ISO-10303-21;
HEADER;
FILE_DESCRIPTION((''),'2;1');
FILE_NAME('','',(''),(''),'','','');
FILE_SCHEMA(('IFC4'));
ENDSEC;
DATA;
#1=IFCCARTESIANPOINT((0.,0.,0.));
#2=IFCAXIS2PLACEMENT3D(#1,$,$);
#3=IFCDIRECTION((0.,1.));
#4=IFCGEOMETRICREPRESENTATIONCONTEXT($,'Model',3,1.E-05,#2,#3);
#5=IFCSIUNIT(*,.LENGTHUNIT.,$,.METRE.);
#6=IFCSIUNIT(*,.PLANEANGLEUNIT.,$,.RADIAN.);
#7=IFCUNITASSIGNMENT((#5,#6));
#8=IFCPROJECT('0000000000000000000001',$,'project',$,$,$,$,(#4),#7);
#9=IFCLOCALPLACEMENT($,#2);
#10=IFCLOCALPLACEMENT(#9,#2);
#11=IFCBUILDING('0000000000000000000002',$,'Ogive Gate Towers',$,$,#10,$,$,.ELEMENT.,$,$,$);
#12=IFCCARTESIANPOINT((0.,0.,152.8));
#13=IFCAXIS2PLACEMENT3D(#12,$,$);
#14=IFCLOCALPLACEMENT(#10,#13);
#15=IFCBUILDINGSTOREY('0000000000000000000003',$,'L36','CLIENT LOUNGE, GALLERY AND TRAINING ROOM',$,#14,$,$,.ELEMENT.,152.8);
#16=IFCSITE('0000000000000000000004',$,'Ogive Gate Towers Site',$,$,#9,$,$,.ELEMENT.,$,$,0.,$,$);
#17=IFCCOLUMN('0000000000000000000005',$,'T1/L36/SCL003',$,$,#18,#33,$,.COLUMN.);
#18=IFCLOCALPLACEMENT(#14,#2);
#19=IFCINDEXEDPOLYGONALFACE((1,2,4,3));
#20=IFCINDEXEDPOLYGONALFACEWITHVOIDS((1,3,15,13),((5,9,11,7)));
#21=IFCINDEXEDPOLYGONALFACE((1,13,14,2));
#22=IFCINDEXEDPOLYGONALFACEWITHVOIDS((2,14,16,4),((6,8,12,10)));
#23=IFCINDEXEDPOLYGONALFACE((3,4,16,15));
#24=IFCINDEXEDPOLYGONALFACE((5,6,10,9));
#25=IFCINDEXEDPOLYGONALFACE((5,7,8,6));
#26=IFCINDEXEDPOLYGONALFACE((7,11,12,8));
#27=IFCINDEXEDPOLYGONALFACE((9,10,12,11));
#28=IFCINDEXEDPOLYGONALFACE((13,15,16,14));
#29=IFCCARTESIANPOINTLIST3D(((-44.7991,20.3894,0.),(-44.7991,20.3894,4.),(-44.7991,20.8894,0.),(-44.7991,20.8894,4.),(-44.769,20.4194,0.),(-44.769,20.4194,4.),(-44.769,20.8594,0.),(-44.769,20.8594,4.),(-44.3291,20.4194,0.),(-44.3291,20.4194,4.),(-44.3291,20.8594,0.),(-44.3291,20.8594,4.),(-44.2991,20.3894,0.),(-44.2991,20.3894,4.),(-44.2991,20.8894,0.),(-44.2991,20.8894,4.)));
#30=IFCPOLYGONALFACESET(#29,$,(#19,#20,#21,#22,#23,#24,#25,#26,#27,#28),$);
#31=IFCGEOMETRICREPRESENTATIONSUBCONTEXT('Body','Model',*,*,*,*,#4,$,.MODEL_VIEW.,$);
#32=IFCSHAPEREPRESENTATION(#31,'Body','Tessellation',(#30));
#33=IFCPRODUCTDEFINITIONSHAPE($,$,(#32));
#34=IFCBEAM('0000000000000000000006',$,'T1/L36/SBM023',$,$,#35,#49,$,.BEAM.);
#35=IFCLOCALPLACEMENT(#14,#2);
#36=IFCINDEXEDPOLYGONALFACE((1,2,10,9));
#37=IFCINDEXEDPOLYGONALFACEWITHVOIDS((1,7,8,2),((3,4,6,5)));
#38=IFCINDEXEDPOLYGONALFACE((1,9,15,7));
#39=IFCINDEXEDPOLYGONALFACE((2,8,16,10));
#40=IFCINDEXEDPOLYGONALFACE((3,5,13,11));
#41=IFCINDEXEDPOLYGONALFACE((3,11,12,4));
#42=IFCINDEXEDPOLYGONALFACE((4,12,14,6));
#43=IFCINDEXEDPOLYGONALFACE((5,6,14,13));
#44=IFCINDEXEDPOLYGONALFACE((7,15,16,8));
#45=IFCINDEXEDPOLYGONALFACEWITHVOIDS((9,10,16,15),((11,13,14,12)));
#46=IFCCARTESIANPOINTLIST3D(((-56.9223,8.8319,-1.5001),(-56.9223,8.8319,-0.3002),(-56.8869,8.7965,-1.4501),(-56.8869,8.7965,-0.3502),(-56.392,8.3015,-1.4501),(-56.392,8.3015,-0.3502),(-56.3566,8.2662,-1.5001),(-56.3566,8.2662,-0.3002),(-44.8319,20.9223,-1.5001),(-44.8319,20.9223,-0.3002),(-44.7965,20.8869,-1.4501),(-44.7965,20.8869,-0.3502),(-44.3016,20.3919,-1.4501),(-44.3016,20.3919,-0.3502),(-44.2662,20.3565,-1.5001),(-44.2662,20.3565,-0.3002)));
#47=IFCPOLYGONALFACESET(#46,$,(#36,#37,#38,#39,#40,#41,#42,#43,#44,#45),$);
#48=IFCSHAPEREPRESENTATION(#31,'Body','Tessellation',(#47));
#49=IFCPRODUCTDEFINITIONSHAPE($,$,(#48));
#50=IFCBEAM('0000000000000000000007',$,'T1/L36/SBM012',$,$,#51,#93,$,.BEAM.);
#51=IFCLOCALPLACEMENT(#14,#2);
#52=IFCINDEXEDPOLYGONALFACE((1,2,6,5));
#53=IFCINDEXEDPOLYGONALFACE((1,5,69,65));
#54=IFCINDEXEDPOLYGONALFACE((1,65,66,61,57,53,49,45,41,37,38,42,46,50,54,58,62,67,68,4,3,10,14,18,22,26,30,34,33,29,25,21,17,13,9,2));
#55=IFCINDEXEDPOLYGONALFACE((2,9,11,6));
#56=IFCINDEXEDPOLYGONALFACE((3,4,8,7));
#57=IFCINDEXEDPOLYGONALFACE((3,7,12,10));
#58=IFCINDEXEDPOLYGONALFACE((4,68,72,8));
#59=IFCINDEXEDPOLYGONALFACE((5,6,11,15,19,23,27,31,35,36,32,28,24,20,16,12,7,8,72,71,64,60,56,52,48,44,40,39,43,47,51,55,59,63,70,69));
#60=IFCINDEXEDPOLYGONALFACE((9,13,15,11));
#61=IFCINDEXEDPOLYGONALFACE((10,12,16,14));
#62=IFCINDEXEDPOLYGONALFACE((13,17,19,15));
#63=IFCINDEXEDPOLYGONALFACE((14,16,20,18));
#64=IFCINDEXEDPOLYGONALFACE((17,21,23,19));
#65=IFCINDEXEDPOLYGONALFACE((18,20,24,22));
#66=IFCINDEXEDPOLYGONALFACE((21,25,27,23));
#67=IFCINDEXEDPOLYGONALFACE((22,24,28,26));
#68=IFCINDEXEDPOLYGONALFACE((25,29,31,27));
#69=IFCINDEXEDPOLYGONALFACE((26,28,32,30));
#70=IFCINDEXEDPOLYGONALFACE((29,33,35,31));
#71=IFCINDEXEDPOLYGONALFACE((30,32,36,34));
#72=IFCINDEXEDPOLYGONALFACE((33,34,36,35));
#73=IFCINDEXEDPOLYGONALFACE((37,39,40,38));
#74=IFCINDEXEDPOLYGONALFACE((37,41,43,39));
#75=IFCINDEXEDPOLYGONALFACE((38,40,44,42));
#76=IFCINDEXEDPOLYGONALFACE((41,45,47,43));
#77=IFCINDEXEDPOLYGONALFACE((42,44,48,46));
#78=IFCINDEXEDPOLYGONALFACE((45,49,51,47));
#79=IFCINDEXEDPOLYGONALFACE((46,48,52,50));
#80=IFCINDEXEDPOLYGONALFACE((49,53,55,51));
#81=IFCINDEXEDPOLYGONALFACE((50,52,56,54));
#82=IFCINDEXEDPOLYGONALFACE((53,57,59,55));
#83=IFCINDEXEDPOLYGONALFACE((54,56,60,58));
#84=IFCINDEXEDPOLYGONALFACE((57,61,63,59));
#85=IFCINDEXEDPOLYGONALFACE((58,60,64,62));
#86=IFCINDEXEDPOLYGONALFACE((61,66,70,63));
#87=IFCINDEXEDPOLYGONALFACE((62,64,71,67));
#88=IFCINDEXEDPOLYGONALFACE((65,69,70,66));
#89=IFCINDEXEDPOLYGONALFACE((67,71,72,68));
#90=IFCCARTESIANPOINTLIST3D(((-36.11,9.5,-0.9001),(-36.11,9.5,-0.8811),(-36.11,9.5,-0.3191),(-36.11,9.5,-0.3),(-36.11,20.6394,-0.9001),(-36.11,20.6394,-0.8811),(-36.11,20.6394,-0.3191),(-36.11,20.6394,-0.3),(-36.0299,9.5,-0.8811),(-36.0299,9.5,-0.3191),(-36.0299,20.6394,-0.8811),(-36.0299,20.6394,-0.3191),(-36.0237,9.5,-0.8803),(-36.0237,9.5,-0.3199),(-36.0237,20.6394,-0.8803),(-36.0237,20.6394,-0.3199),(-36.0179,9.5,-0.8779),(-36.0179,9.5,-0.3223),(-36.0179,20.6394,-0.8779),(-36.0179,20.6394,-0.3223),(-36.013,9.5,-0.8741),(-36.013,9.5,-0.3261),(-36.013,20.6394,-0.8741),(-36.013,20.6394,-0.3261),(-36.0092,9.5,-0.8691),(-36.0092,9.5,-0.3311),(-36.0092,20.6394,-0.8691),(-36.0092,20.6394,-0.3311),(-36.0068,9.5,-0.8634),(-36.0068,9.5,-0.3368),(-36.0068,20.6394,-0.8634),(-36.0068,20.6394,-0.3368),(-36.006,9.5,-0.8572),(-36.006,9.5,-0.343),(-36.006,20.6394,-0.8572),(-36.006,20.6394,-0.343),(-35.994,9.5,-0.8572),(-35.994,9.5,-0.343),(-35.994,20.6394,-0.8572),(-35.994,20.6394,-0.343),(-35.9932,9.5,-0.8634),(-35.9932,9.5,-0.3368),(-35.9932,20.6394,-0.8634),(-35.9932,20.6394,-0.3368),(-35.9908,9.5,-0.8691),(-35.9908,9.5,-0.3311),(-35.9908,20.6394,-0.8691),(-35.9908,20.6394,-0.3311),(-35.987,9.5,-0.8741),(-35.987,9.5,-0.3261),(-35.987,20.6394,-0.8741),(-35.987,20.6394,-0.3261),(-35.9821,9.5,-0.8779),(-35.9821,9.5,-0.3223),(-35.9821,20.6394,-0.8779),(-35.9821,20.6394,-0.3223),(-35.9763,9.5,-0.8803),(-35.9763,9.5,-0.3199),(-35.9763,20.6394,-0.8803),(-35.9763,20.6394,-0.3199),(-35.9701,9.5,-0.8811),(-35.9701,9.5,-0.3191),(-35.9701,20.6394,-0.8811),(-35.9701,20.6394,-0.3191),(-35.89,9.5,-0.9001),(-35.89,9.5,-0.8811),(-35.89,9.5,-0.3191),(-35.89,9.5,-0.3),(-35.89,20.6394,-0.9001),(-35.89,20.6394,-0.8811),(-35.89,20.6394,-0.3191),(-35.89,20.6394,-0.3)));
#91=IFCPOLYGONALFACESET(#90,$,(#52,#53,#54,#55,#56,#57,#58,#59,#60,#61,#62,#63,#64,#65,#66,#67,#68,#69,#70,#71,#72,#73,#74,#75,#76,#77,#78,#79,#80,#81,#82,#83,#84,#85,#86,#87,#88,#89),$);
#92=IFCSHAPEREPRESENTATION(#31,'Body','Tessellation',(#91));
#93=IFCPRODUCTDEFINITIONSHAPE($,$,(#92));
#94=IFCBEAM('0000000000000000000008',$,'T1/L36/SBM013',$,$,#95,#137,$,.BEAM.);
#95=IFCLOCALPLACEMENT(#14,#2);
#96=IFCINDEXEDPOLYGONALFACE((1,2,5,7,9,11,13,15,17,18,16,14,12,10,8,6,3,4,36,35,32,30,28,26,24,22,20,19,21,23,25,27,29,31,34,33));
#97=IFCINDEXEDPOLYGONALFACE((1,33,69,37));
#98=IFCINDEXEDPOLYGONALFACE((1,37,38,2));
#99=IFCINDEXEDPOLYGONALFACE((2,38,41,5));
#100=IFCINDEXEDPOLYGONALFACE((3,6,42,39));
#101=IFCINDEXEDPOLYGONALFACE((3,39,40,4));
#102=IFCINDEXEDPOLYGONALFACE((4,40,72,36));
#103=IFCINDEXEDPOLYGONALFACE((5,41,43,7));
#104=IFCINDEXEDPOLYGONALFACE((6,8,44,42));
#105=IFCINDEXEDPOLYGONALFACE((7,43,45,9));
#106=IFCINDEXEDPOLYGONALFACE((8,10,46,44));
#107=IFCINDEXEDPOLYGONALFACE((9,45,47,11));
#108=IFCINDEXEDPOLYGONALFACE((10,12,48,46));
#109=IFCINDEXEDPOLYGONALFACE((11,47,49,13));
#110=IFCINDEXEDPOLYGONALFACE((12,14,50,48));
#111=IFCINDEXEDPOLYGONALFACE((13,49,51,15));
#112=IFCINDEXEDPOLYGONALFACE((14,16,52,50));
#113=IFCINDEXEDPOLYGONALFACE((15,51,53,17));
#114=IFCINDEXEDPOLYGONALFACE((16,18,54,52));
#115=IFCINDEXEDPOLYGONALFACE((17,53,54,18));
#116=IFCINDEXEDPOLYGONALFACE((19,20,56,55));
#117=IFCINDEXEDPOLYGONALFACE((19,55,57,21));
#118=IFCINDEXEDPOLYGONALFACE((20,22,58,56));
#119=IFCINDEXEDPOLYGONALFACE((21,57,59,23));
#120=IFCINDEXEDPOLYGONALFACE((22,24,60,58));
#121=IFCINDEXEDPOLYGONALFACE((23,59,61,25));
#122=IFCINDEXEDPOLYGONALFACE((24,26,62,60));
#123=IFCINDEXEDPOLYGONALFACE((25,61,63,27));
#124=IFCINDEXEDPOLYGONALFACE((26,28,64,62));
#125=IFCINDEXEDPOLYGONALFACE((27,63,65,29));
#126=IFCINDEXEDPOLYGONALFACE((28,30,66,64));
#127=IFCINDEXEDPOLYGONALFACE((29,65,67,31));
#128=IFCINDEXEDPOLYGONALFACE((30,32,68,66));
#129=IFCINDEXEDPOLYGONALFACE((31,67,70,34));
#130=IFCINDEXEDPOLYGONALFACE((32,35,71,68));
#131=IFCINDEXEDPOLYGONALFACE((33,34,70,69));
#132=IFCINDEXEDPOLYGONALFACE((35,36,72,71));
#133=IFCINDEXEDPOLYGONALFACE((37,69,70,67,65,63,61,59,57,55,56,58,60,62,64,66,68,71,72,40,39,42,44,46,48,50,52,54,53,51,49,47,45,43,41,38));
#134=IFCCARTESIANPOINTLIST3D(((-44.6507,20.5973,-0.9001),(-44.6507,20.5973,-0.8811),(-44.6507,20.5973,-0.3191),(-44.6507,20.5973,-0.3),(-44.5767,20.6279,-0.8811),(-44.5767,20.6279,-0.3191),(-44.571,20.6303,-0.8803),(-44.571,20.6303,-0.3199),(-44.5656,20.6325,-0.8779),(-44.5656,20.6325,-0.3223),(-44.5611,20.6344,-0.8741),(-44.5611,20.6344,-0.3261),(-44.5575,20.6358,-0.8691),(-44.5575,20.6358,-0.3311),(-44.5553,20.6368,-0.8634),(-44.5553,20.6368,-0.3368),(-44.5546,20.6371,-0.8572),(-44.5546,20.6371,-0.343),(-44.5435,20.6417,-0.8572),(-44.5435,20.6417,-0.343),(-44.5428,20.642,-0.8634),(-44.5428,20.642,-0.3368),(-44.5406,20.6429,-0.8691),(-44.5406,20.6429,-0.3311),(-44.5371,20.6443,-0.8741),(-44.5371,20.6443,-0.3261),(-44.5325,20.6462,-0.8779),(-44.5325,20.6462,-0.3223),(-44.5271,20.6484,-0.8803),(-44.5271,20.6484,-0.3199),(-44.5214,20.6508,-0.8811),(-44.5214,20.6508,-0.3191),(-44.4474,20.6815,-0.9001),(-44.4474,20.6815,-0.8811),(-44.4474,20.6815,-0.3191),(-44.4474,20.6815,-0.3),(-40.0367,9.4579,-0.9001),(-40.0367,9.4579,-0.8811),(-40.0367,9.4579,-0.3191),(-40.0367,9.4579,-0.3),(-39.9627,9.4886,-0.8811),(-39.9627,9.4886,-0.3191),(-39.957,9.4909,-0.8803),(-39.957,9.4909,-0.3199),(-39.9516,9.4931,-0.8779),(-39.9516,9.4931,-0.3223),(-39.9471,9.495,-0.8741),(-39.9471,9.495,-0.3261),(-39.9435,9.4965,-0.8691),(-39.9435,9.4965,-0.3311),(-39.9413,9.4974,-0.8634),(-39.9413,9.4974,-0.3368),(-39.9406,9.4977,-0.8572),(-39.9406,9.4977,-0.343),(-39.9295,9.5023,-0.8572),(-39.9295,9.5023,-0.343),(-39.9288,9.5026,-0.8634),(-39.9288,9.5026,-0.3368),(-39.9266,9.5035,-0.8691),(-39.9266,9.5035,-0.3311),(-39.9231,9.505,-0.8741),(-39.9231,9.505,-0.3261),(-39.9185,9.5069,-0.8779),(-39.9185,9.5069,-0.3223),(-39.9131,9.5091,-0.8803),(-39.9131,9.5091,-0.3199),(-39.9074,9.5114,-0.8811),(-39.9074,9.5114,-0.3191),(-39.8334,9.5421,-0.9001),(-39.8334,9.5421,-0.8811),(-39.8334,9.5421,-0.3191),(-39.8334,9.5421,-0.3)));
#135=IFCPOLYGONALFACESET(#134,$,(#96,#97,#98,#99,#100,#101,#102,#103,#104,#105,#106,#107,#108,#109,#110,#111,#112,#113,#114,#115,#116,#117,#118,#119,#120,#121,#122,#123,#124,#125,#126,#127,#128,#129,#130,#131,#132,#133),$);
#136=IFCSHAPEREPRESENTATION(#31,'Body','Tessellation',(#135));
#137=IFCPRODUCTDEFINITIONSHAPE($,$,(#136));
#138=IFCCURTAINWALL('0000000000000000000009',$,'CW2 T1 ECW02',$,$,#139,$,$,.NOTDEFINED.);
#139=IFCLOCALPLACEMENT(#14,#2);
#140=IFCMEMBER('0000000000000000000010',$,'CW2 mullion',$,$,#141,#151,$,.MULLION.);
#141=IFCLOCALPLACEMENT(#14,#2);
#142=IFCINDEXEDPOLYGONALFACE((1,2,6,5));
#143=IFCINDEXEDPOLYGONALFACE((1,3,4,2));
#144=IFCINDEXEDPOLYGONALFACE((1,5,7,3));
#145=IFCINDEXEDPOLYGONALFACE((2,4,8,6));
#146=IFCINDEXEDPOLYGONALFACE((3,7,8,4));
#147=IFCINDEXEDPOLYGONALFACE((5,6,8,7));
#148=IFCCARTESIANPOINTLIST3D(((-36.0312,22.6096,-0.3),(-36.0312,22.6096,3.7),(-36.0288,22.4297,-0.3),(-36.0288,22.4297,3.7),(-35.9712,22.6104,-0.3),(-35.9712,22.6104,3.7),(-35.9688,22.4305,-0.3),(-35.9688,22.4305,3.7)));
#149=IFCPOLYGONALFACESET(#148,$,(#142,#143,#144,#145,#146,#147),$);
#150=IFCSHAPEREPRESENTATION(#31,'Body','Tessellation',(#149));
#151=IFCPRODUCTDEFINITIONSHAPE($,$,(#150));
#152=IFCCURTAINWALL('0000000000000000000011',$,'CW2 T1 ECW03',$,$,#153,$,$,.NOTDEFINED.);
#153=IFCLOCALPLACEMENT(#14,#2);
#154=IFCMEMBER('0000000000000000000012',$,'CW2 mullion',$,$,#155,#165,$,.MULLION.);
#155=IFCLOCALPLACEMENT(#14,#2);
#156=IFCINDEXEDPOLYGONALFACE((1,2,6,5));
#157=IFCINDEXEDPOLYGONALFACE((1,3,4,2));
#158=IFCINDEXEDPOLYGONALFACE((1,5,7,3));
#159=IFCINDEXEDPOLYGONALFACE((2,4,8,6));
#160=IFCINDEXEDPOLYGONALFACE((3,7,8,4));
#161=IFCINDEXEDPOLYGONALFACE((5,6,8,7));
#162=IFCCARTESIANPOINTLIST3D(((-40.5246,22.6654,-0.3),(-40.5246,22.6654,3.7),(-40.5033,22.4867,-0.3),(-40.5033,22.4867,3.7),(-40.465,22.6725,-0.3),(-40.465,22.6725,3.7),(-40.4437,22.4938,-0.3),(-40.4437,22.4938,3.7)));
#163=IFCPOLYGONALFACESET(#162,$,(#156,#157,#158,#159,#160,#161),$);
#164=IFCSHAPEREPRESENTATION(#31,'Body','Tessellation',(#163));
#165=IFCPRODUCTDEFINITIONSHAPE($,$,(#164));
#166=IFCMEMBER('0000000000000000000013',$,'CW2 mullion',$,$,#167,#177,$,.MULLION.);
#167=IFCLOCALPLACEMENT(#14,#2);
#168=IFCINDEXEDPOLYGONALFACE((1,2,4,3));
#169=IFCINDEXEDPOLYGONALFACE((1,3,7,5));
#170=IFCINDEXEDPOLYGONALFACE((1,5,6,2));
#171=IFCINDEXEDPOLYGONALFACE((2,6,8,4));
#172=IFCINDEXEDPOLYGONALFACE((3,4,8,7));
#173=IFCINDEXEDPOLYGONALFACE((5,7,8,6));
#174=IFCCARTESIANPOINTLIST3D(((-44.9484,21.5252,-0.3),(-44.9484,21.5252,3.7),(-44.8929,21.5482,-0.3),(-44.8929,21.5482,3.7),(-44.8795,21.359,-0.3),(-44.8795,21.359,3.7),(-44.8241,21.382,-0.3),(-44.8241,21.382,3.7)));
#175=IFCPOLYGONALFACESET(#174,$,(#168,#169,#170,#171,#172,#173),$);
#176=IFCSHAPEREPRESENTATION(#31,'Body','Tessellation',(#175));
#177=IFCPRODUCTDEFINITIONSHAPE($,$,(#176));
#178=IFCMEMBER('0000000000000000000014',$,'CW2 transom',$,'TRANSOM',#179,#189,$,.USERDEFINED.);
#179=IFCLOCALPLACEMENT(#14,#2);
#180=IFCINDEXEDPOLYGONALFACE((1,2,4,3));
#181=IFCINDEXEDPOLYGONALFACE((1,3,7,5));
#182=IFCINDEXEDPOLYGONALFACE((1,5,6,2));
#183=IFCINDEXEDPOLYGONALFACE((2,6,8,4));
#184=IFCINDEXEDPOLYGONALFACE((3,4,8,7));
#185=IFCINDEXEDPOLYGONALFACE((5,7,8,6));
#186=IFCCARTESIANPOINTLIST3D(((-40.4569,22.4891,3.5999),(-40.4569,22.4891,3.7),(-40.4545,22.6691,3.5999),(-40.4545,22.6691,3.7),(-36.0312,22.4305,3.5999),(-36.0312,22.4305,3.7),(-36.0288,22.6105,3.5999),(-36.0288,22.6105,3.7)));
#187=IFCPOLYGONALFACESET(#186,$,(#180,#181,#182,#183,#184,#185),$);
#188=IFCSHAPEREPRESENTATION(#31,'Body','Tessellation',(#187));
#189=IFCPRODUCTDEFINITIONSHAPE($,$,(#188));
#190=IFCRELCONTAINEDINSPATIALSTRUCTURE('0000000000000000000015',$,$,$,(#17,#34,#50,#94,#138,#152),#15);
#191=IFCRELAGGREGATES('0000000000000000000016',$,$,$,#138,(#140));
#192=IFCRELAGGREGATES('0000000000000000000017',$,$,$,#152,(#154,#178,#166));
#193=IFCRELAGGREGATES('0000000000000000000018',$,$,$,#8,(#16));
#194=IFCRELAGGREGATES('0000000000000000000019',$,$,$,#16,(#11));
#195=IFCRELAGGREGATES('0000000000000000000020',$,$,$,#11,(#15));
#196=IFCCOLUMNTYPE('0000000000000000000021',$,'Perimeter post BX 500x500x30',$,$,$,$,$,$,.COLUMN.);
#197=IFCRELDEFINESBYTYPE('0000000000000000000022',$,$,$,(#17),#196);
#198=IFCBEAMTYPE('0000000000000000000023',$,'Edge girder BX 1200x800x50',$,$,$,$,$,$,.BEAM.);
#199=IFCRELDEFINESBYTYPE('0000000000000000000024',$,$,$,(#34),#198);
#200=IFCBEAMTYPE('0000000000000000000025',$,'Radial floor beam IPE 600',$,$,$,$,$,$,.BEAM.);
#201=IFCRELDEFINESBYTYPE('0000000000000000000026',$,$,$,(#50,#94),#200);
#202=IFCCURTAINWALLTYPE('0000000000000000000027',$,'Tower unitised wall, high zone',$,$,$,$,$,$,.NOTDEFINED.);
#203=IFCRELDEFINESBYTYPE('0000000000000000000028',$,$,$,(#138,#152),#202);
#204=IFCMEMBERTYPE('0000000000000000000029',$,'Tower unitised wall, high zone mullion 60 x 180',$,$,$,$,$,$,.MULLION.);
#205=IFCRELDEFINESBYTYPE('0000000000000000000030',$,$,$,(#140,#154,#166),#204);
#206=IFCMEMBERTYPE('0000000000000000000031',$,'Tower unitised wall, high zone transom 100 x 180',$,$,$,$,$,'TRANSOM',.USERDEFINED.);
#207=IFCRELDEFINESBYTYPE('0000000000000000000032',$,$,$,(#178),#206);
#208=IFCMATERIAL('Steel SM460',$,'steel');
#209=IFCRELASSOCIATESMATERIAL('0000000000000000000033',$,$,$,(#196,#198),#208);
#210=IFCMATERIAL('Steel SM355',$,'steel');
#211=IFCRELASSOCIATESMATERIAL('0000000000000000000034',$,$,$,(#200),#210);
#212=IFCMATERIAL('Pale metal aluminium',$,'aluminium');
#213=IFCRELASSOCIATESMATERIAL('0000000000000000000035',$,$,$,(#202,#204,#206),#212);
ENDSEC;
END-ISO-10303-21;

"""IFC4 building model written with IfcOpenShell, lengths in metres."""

from ifc_helpers import new_model, si_unit, direction, frame, origin, origin_2d, place, context, subcontext, project, spatial, rectangle, hollow_rectangle, i_section, extrude, material, material_profile, profile_set, type_object, element, aggregate, save


model = new_model("IFC4")

# Units and contexts
model_context = context("Model", 3, precision=1e-05, world=origin(), true_north=direction((0.0, 1.0)))
body_context = subcontext(model_context, "Body", "Model", "MODEL_VIEW")
ifc_project = project(units=[si_unit("LENGTHUNIT", "METRE"), si_unit("PLANEANGLEUNIT", "RADIAN")], contexts=[model_context])

# Site, building, storey
site_placement = place(None, origin())
site = spatial("IfcSite", under=ifc_project, at=site_placement, Name="Ogive Gate Towers Site", CompositionType="ELEMENT", RefElevation=0.0)
building_placement = place(site_placement, origin())
building = spatial("IfcBuilding", under=site, at=building_placement, Name="Ogive Gate Towers", CompositionType="ELEMENT")
storey_placement = place(building_placement, frame((0.0, 0.0, 152.8)))
storey = spatial("IfcBuildingStorey", under=building, at=storey_placement, Name="L36", Description="CLIENT LOUNGE, GALLERY AND TRAINING ROOM", CompositionType="ELEMENT", Elevation=152.8)

# Column
ifc_material_1 = material(Name="Steel SM460", Category="steel")
ifc_material_profile_1 = material_profile(ifc_material_1, hollow_rectangle(XDim=0.5, YDim=0.5, WallThickness=0.03, at=origin_2d()), Name="BX 500x500x30")
ifc_profile_set_1 = profile_set([ifc_material_profile_1], Name="Steel SM460")
column_type = type_object("IfcColumnType", Name="Perimeter post BX 500x500x30", PredefinedType="COLUMN", material=ifc_profile_set_1)
column_placement = place(storey_placement, frame((-44.5491, 20.6394, 0.0), z_axis=(0.0, 0.0, 1.0), x_axis=(1.0, 0.0, 0.0)))
element("IfcColumn", 1, at=column_placement, inside=storey, type_object=column_type, Name="T1/L36/SCL003", PredefinedType="COLUMN", context=body_context, shape_type="SweptSolid", body=[
    extrude(hollow_rectangle(XDim=0.5, YDim=0.5, WallThickness=0.03, at=origin_2d()), origin(), (0.0, 0.0, 1.0), 4.0),
])

# Beams
ifc_material_profile_2 = material_profile(ifc_material_1, hollow_rectangle(XDim=0.8, YDim=1.2, WallThickness=0.05, at=origin_2d()), Name="BX 1200x800x50")
ifc_profile_set_2 = profile_set([ifc_material_profile_2], Name="Steel SM460")
beam_type_1 = type_object("IfcBeamType", Name="Edge girder BX 1200x800x50", PredefinedType="BEAM", material=ifc_profile_set_2)
beam_1_placement = place(storey_placement, frame((-44.5491, 20.6394, -0.9001), z_axis=(-0.707107, -0.707107, 0.0), x_axis=(0.707107, -0.707107, 0.0)))
element("IfcBeam", 2, at=beam_1_placement, inside=storey, type_object=beam_type_1, Name="T1/L36/SBM023", PredefinedType="BEAM", context=body_context, shape_type="SweptSolid", body=[
    extrude(hollow_rectangle(XDim=0.8, YDim=1.2, WallThickness=0.05, at=origin_2d()), origin(), (0.0, 0.0, 1.0), 17.0984),
])
ifc_material_2 = material(Name="Steel SM355", Category="steel")
ifc_material_profile_3 = material_profile(ifc_material_2, i_section(OverallWidth=0.22, OverallDepth=0.6001, WebThickness=0.012, FlangeThickness=0.019, FilletRadius=0.0239, at=origin_2d()), Name="IPE 600")
ifc_profile_set_3 = profile_set([ifc_material_profile_3], Name="Steel SM355")
beam_type_2 = type_object("IfcBeamType", Name="Radial floor beam IPE 600", PredefinedType="BEAM", material=ifc_profile_set_3)
beam_2_placement = place(storey_placement, frame((-36.0, 9.5, -0.6001), z_axis=(0.0, 1.0, 0.0), x_axis=(-1.0, 0.0, 0.0)))
element("IfcBeam", 3, at=beam_2_placement, inside=storey, type_object=beam_type_2, Name="T1/L36/SBM012", PredefinedType="BEAM", context=body_context, shape_type="SweptSolid", body=[
    extrude(i_section(OverallWidth=0.22, OverallDepth=0.6001, WebThickness=0.012, FlangeThickness=0.019, FilletRadius=0.0239, at=origin_2d()), origin(), (0.0, 0.0, 1.0), 11.1394),
])
beam_3_placement = place(storey_placement, frame((-39.9351, 9.5, -0.6001), z_axis=(-0.382678, 0.923882, 0.0), x_axis=(-0.923882, -0.382678, 0.0)))
element("IfcBeam", 4, at=beam_3_placement, inside=storey, type_object=beam_type_2, Name="T1/L36/SBM013", PredefinedType="BEAM", context=body_context, shape_type="SweptSolid", body=[
    extrude(i_section(OverallWidth=0.22, OverallDepth=0.6001, WebThickness=0.012, FlangeThickness=0.019, FilletRadius=0.0239, at=origin_2d()), origin(), (0.0, 0.0, 1.0), 12.0571),
])

# Curtain wall, member
ifc_material_3 = material(Name="Pale metal aluminium", Category="aluminium")
curtain_wall_type = type_object("IfcCurtainWallType", Name="Tower unitised wall, high zone", PredefinedType="NOTDEFINED", material=ifc_material_3)
curtain_wall_1_placement = place(storey_placement, origin())
curtain_wall_1 = element("IfcCurtainWall", 5, at=curtain_wall_1_placement, inside=storey, type_object=curtain_wall_type, Name="CW2 T1 ECW02", PredefinedType="NOTDEFINED")
ifc_material_profile_4 = material_profile(ifc_material_3, rectangle(XDim=0.1799, YDim=0.0601, at=origin_2d()), Name="60 x 180 aluminium box")
ifc_profile_set_4 = profile_set([ifc_material_profile_4], Name="Pale metal aluminium")
member_type_1 = type_object("IfcMemberType", Name="Tower unitised wall, high zone mullion 60 x 180", PredefinedType="MULLION", material=ifc_profile_set_4)
member_1_placement = place(storey_placement, frame((-36.0, 22.52, -0.3), z_axis=(0.0, 0.0, 1.0), x_axis=(-0.013282, 0.999912, 0.0)))
member_1 = element("IfcMember", 6, at=member_1_placement, type_object=member_type_1, Name="CW2 mullion", PredefinedType="MULLION", context=body_context, shape_type="SweptSolid", body=[
    extrude(rectangle(XDim=0.1799, YDim=0.0601, at=origin_2d()), origin(), (0.0, 0.0, 1.0), 4.0),
])

# Curtain wall, members
curtain_wall_2_placement = place(storey_placement, origin())
curtain_wall_2 = element("IfcCurtainWall", 7, at=curtain_wall_2_placement, inside=storey, type_object=curtain_wall_type, Name="CW2 T1 ECW03", PredefinedType="NOTDEFINED")
member_2_placement = place(storey_placement, frame((-40.4841, 22.5796, -0.3), z_axis=(0.0, 0.0, 1.0), x_axis=(-0.118317, 0.992976, 0.0)))
member_2 = element("IfcMember", 8, at=member_2_placement, type_object=member_type_1, Name="CW2 mullion", PredefinedType="MULLION", context=body_context, shape_type="SweptSolid", body=[
    extrude(rectangle(XDim=0.1799, YDim=0.0601, at=origin_2d()), origin(), (0.0, 0.0, 1.0), 4.0),
])
member_3_placement = place(storey_placement, frame((-44.8862, 21.4536, -0.3), z_axis=(0.0, 0.0, 1.0), x_axis=(-0.382683, 0.92388, 0.0)))
member_3 = element("IfcMember", 9, at=member_3_placement, type_object=member_type_1, Name="CW2 mullion", PredefinedType="MULLION", context=body_context, shape_type="SweptSolid", body=[
    extrude(rectangle(XDim=0.1799, YDim=0.0601, at=origin_2d()), origin(), (0.0, 0.0, 1.0), 4.0),
])
ifc_material_profile_5 = material_profile(ifc_material_3, rectangle(XDim=0.1799, YDim=0.1001, at=origin_2d()), Name="100 x 180 aluminium box")
ifc_profile_set_5 = profile_set([ifc_material_profile_5], Name="Pale metal aluminium")
member_type_2 = type_object("IfcMemberType", Name="Tower unitised wall, high zone transom 100 x 180", ElementType="TRANSOM", PredefinedType="USERDEFINED", material=ifc_profile_set_5)
member_4_placement = place(storey_placement, frame((-36.03, 22.5205, 3.6499), z_axis=(-0.999912, 0.013239, 0.0), x_axis=(-0.013239, -0.999912, 0.0)))
member_4 = element("IfcMember", 10, at=member_4_placement, type_object=member_type_2, Name="CW2 transom", ObjectType="TRANSOM", PredefinedType="USERDEFINED", context=body_context, shape_type="SweptSolid", body=[
    extrude(rectangle(XDim=0.1799, YDim=0.1001, at=origin_2d()), origin(), (0.0, 0.0, 1.0), 4.426),
])

aggregate(curtain_wall_1, [member_1])
aggregate(curtain_wall_2, [member_2, member_4, member_3])

save(model, "model.ifc")
